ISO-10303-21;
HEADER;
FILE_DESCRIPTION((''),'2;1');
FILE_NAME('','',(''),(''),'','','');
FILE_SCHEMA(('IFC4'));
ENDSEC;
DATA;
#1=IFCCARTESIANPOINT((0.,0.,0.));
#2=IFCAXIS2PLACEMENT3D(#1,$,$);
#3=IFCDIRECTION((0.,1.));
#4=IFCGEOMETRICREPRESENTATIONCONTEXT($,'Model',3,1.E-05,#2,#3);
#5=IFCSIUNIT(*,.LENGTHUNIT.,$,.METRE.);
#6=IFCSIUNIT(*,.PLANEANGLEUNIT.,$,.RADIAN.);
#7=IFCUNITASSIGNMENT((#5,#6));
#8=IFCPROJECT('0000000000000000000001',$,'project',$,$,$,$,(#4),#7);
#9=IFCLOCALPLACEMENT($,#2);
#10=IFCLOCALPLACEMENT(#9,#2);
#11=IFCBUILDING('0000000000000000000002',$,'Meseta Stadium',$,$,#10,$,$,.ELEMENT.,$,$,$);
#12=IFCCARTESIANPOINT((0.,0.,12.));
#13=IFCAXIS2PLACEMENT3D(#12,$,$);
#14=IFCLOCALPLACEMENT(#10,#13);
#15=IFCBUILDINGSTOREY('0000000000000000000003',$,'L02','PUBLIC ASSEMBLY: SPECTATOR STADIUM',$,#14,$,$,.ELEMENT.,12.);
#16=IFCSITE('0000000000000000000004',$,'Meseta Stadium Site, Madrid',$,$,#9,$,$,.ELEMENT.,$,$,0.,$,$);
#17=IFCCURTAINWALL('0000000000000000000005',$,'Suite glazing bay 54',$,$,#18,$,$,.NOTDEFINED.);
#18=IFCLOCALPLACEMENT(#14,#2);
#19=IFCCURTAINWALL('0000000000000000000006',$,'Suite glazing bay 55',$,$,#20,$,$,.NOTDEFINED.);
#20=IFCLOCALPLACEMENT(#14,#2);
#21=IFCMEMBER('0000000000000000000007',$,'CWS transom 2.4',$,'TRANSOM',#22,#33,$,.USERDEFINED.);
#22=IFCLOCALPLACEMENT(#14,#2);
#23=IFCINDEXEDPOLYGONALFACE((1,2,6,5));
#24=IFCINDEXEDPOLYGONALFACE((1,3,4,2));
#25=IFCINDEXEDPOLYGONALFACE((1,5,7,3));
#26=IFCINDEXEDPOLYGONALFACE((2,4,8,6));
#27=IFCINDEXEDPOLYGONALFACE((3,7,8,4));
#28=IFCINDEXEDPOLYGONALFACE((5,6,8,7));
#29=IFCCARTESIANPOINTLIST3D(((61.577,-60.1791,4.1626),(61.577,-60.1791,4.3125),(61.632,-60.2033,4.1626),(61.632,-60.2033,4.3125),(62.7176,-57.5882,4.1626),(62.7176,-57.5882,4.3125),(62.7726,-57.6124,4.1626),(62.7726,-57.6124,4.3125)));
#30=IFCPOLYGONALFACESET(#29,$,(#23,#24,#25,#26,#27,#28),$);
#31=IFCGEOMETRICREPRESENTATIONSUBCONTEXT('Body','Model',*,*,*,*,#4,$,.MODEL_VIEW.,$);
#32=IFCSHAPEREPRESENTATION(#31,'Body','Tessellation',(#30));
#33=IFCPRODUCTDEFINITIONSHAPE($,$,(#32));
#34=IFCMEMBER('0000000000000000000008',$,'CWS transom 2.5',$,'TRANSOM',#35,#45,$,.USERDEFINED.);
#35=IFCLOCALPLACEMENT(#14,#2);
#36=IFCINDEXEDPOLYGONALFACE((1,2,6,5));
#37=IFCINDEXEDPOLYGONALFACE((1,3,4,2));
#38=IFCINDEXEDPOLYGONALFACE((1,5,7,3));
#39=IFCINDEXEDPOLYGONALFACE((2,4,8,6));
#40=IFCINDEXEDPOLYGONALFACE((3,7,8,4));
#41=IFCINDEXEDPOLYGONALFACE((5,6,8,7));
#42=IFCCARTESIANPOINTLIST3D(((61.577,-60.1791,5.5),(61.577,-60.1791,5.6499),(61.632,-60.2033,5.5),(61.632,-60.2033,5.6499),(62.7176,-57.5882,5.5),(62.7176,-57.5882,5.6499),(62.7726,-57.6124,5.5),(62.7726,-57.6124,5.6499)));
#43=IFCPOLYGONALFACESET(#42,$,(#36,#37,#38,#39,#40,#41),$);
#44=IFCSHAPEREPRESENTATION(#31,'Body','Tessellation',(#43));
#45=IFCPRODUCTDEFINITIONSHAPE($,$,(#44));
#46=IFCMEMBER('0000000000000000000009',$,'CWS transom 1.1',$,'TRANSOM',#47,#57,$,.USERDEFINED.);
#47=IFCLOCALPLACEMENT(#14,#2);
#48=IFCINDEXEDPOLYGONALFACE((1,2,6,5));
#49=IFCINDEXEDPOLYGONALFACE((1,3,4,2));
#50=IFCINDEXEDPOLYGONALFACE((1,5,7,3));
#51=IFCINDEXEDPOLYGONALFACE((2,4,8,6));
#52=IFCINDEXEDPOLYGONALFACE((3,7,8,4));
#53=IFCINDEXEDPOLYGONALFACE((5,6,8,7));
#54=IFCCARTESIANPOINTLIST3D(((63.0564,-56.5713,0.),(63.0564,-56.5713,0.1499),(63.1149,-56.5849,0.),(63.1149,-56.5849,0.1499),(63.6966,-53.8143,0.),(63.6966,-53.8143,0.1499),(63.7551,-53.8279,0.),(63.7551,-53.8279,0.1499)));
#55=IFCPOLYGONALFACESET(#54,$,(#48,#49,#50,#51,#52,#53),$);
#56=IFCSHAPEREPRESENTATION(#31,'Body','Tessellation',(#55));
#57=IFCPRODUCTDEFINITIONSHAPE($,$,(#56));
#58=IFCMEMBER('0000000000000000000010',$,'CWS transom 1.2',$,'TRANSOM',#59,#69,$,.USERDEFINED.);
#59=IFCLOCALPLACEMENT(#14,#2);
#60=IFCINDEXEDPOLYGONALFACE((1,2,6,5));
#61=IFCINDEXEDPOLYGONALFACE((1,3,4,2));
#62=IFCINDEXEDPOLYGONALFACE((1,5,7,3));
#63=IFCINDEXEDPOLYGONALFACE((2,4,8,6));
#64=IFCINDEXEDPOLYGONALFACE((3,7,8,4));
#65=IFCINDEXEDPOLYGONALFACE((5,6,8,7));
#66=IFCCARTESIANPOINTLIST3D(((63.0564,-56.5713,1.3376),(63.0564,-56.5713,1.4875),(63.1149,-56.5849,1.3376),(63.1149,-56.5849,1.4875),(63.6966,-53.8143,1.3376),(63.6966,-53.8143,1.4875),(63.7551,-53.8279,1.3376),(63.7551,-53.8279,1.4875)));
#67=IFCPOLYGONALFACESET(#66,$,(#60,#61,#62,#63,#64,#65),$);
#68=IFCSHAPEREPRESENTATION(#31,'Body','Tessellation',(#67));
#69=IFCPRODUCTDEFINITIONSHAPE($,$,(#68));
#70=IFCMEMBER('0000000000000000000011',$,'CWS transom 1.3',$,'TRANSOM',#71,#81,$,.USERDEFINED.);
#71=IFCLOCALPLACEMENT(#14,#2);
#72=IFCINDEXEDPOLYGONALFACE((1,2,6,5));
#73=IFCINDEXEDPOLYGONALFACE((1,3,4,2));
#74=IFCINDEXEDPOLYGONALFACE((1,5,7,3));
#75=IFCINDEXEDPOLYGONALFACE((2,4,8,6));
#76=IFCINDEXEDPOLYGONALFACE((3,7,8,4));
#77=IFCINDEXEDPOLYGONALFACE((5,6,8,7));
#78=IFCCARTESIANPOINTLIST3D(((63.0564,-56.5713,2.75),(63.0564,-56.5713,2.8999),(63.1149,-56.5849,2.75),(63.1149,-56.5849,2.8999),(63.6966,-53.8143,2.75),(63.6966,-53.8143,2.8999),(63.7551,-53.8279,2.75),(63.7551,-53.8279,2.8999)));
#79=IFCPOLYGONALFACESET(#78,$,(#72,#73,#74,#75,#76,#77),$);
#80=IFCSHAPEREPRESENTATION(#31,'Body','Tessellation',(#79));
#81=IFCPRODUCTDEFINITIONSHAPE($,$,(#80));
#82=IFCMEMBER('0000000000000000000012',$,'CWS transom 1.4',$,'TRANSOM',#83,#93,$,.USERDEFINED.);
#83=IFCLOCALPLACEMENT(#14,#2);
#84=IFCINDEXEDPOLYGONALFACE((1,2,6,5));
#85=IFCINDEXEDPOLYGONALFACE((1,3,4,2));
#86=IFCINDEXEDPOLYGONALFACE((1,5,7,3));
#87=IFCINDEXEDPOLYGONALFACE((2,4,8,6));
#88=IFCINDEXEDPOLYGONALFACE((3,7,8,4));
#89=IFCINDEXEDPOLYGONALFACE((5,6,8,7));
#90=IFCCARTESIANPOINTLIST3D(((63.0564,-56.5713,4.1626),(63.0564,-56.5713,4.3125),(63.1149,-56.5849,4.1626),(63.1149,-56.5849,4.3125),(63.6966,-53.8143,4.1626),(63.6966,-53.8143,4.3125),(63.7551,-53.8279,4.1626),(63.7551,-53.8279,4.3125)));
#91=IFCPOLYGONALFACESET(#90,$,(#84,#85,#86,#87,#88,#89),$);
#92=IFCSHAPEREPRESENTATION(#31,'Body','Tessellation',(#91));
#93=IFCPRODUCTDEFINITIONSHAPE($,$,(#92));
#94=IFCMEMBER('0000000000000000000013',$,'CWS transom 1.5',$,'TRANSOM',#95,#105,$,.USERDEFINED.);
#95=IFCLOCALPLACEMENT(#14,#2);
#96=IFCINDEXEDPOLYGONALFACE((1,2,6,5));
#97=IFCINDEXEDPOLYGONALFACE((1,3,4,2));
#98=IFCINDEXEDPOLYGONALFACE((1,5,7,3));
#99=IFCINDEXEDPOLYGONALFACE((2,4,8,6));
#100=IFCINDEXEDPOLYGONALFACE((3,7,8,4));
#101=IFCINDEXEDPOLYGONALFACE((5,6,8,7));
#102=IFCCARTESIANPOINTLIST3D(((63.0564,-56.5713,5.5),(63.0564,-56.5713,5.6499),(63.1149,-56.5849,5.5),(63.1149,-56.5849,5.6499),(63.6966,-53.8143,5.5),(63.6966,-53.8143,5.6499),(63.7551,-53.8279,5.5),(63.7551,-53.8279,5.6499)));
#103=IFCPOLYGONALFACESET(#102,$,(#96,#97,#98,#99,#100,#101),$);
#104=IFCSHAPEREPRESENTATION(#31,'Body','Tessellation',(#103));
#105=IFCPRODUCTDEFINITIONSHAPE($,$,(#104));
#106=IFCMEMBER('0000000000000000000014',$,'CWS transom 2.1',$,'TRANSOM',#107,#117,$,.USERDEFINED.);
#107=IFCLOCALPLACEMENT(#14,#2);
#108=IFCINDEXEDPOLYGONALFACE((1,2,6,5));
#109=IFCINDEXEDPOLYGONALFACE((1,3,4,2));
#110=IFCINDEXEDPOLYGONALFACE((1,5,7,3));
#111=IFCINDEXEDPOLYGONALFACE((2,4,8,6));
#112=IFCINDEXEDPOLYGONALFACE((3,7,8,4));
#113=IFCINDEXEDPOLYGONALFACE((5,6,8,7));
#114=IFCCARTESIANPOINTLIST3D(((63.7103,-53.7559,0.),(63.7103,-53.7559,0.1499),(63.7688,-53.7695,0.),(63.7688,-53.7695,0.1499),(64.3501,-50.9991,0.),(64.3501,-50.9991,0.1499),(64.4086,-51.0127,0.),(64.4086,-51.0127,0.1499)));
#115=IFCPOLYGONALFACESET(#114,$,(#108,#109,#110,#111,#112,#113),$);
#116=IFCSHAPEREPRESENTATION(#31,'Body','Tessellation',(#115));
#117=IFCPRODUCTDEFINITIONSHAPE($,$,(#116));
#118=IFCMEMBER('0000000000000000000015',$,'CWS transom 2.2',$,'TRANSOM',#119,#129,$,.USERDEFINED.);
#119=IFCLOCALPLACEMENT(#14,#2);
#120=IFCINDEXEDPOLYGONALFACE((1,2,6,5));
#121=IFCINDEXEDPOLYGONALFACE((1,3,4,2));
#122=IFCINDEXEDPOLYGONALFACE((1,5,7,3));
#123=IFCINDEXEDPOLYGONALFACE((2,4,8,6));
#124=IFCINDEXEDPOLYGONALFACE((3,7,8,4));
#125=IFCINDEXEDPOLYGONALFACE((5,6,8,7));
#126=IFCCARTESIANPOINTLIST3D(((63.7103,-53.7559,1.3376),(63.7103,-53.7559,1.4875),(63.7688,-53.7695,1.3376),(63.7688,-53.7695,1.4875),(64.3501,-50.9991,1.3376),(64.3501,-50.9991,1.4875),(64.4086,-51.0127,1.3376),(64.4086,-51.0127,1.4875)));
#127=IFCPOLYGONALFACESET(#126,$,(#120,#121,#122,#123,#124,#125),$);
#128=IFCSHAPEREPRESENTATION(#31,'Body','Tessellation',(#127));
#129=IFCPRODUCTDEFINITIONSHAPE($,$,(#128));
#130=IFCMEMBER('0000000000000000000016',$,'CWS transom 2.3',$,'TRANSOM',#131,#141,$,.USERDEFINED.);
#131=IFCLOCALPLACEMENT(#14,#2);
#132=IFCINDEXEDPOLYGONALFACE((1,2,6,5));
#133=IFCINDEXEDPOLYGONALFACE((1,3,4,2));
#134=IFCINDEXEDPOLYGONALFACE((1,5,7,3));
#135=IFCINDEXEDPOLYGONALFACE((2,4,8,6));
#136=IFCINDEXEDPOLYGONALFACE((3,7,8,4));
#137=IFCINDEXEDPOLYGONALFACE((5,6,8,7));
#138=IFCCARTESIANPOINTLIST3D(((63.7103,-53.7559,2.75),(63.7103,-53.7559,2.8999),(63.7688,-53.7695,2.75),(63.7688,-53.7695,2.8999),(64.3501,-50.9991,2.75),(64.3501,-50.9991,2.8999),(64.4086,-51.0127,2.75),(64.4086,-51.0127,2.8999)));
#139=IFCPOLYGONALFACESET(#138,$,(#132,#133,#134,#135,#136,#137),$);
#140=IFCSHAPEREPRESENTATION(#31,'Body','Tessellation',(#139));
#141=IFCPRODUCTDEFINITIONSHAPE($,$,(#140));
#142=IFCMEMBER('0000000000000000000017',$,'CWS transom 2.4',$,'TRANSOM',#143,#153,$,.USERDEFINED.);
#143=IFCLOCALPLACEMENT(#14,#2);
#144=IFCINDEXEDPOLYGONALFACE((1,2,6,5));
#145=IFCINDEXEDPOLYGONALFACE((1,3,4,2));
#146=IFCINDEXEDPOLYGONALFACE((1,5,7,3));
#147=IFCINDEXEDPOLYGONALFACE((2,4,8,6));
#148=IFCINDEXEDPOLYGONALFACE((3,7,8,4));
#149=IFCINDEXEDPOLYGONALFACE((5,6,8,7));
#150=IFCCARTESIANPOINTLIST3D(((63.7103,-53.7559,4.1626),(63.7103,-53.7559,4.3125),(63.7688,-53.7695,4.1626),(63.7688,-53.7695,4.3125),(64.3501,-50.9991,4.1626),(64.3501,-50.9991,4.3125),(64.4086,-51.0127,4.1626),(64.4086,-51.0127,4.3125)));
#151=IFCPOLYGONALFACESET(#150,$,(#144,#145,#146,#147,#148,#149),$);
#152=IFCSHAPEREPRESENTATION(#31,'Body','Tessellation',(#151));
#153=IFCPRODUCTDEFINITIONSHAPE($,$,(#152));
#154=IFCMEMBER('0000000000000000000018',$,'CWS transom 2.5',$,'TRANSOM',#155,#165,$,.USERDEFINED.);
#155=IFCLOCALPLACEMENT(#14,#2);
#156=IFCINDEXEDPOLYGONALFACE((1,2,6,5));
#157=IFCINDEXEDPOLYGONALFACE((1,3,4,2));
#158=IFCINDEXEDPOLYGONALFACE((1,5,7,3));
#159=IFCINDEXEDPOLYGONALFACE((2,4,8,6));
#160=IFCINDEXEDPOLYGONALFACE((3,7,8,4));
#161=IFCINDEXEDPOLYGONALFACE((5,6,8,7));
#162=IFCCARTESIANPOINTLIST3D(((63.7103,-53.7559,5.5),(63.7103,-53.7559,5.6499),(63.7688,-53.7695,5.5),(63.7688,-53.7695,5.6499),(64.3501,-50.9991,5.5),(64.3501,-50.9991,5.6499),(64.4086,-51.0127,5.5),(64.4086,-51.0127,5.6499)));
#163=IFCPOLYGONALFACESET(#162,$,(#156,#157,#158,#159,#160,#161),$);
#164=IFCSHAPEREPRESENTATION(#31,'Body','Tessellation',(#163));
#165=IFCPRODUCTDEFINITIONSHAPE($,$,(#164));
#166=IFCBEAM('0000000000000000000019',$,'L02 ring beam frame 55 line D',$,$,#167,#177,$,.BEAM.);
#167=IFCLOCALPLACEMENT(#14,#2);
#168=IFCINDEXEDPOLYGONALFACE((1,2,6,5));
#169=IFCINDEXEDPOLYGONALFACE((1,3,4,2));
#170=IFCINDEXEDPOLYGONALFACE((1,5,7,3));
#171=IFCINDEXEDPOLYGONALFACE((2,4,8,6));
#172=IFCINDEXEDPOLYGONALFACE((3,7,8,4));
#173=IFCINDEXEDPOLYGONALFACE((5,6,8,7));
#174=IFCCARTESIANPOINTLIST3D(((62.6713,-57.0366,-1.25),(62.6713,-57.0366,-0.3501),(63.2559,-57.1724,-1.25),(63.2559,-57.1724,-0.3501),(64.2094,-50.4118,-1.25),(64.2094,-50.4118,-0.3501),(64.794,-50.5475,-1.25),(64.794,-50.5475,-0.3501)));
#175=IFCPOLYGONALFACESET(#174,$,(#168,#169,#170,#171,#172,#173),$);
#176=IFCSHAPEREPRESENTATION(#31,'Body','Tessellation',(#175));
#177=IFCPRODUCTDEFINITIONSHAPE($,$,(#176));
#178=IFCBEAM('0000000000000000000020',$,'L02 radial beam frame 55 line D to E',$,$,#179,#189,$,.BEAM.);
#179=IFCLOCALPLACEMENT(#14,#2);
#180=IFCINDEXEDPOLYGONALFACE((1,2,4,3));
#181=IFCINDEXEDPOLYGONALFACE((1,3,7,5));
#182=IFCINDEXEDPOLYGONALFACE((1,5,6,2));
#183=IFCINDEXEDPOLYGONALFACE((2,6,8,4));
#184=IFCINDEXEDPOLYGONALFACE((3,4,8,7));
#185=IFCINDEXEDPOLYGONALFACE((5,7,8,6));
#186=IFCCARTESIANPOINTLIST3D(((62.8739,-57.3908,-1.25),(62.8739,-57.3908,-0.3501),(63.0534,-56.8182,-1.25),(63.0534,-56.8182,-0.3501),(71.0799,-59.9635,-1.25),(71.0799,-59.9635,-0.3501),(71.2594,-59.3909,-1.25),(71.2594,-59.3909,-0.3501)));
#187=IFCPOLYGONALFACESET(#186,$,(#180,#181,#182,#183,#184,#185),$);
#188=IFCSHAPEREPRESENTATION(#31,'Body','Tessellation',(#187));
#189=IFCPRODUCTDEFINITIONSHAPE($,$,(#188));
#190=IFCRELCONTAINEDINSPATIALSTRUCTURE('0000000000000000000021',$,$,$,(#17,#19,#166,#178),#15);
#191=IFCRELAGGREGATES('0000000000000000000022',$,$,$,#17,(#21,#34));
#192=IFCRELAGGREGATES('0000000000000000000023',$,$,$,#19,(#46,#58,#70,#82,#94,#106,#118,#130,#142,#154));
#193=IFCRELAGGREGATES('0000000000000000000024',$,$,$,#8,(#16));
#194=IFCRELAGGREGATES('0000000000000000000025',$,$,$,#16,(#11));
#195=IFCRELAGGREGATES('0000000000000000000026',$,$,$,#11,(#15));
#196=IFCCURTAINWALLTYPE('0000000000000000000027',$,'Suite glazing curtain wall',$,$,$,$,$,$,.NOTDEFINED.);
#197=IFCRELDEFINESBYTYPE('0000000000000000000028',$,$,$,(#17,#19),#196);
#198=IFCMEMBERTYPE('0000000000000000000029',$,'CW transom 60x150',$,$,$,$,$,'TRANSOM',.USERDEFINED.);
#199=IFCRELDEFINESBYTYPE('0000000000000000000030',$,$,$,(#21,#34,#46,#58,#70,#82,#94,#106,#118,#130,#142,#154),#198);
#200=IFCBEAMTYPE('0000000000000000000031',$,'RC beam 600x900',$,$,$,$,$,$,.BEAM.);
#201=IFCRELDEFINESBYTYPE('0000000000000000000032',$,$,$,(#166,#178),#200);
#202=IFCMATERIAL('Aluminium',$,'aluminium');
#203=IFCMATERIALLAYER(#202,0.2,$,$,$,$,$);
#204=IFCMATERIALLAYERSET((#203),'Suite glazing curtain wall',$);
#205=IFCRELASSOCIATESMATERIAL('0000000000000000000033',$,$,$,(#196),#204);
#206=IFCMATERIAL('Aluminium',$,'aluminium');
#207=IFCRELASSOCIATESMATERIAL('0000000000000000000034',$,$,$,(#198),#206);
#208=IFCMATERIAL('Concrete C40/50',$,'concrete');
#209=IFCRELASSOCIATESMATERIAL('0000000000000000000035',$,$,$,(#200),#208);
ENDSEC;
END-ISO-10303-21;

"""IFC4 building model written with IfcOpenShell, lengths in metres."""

from ifc_helpers import new_model, si_unit, direction, frame, origin, origin_2d, place, context, subcontext, project, spatial, rectangle, extrude, material, layer, layer_set, material_profile, profile_set, type_object, element, aggregate, save


model = new_model("IFC4")

# Units and contexts
model_context = context("Model", 3, precision=1e-05, world=origin(), true_north=direction((0.0, 1.0)))
body_context = subcontext(model_context, "Body", "Model", "MODEL_VIEW")
ifc_project = project(units=[si_unit("LENGTHUNIT", "METRE"), si_unit("PLANEANGLEUNIT", "RADIAN")], contexts=[model_context])

# Site, building, storey
site_placement = place(None, origin())
site = spatial("IfcSite", under=ifc_project, at=site_placement, Name="Meseta Stadium Site, Madrid", CompositionType="ELEMENT", RefElevation=0.0)
building_placement = place(site_placement, origin())
building = spatial("IfcBuilding", under=site, at=building_placement, Name="Meseta Stadium", CompositionType="ELEMENT")
storey_placement = place(building_placement, frame((0.0, 0.0, 12.0)))
storey = spatial("IfcBuildingStorey", under=building, at=storey_placement, Name="L02", Description="PUBLIC ASSEMBLY: SPECTATOR STADIUM", CompositionType="ELEMENT", Elevation=12.0)

# Curtain walls
ifc_material_1 = material(Name="Aluminium", Category="aluminium")
ifc_layer_1 = layer(ifc_material_1, 0.2)
ifc_layer_set_1 = layer_set([ifc_layer_1], Name="Suite glazing curtain wall")
curtain_wall_type = type_object("IfcCurtainWallType", Name="Suite glazing curtain wall", PredefinedType="NOTDEFINED", material=ifc_layer_set_1)
curtain_wall_1_placement = place(storey_placement, origin())
curtain_wall_1 = element("IfcCurtainWall", 1, at=curtain_wall_1_placement, inside=storey, type_object=curtain_wall_type, Name="Suite glazing bay 54", PredefinedType="NOTDEFINED")
curtain_wall_2_placement = place(storey_placement, origin())
curtain_wall_2 = element("IfcCurtainWall", 2, at=curtain_wall_2_placement, inside=storey, type_object=curtain_wall_type, Name="Suite glazing bay 55", PredefinedType="NOTDEFINED")

# Members
ifc_material_2 = material(Name="Aluminium", Category="aluminium")
ifc_material_profile_1 = material_profile(ifc_material_2, rectangle(XDim=0.0601, YDim=0.1499, at=origin_2d()), Name="CW 60x150")
ifc_profile_set_1 = profile_set([ifc_material_profile_1], Name="Aluminium")
member_type_1 = type_object("IfcMemberType", Name="CW transom 60x150", ElementType="TRANSOM", PredefinedType="USERDEFINED", material=ifc_profile_set_1)
member_1_placement = place(storey_placement, frame((61.6045, -60.1912, 4.2375), z_axis=(0.402935, 0.915229, 0.0), x_axis=(-0.915229, 0.402935, 0.0)))
member_1 = element("IfcMember", 3, at=member_1_placement, type_object=member_type_1, Name="CWS transom 2.4", ObjectType="TRANSOM", PredefinedType="USERDEFINED", context=body_context, shape_type="SweptSolid", body=[
    extrude(rectangle(XDim=0.0601, YDim=0.1499, at=origin_2d()), origin(), (0.0, 0.0, 1.0), 2.8308),
])
member_2_placement = place(storey_placement, frame((61.6045, -60.1912, 5.575), z_axis=(0.402935, 0.915229, 0.0), x_axis=(-0.915229, 0.402935, 0.0)))
member_2 = element("IfcMember", 4, at=member_2_placement, type_object=member_type_1, Name="CWS transom 2.5", ObjectType="TRANSOM", PredefinedType="USERDEFINED", context=body_context, shape_type="SweptSolid", body=[
    extrude(rectangle(XDim=0.0601, YDim=0.1499, at=origin_2d()), origin(), (0.0, 0.0, 1.0), 2.8308),
])
member_3_placement = place(storey_placement, frame((63.0857, -56.5781, 0.075), z_axis=(0.226163, 0.974089, 0.0), x_axis=(-0.974089, 0.226163, 0.0)))
member_3 = element("IfcMember", 5, at=member_3_placement, type_object=member_type_1, Name="CWS transom 1.1", ObjectType="TRANSOM", PredefinedType="USERDEFINED", context=body_context, shape_type="SweptSolid", body=[
    extrude(rectangle(XDim=0.0601, YDim=0.1499, at=origin_2d()), origin(), (0.0, 0.0, 1.0), 2.8303),
])
member_4_placement = place(storey_placement, frame((63.0857, -56.5781, 1.4126), z_axis=(0.226163, 0.974089, 0.0), x_axis=(-0.974089, 0.226163, 0.0)))
member_4 = element("IfcMember", 6, at=member_4_placement, type_object=member_type_1, Name="CWS transom 1.2", ObjectType="TRANSOM", PredefinedType="USERDEFINED", context=body_context, shape_type="SweptSolid", body=[
    extrude(rectangle(XDim=0.0601, YDim=0.1499, at=origin_2d()), origin(), (0.0, 0.0, 1.0), 2.8303),
])
member_5_placement = place(storey_placement, frame((63.0857, -56.5781, 2.825), z_axis=(0.226163, 0.974089, 0.0), x_axis=(-0.974089, 0.226163, 0.0)))
member_5 = element("IfcMember", 7, at=member_5_placement, type_object=member_type_1, Name="CWS transom 1.3", ObjectType="TRANSOM", PredefinedType="USERDEFINED", context=body_context, shape_type="SweptSolid", body=[
    extrude(rectangle(XDim=0.0601, YDim=0.1499, at=origin_2d()), origin(), (0.0, 0.0, 1.0), 2.8303),
])
member_6_placement = place(storey_placement, frame((63.0857, -56.5781, 4.2375), z_axis=(0.226163, 0.974089, 0.0), x_axis=(-0.974089, 0.226163, 0.0)))
member_6 = element("IfcMember", 8, at=member_6_placement, type_object=member_type_1, Name="CWS transom 1.4", ObjectType="TRANSOM", PredefinedType="USERDEFINED", context=body_context, shape_type="SweptSolid", body=[
    extrude(rectangle(XDim=0.0601, YDim=0.1499, at=origin_2d()), origin(), (0.0, 0.0, 1.0), 2.8303),
])
member_7_placement = place(storey_placement, frame((63.0857, -56.5781, 5.575), z_axis=(0.226163, 0.974089, 0.0), x_axis=(-0.974089, 0.226163, 0.0)))
member_7 = element("IfcMember", 9, at=member_7_placement, type_object=member_type_1, Name="CWS transom 1.5", ObjectType="TRANSOM", PredefinedType="USERDEFINED", context=body_context, shape_type="SweptSolid", body=[
    extrude(rectangle(XDim=0.0601, YDim=0.1499, at=origin_2d()), origin(), (0.0, 0.0, 1.0), 2.8303),
])
member_8_placement = place(storey_placement, frame((63.7395, -53.7627, 0.075), z_axis=(0.2261, 0.974104, 0.0), x_axis=(-0.974104, 0.2261, 0.0)))
member_8 = element("IfcMember", 10, at=member_8_placement, type_object=member_type_1, Name="CWS transom 2.1", ObjectType="TRANSOM", PredefinedType="USERDEFINED", context=body_context, shape_type="SweptSolid", body=[
    extrude(rectangle(XDim=0.0601, YDim=0.1499, at=origin_2d()), origin(), (0.0, 0.0, 1.0), 2.8301),
])
member_9_placement = place(storey_placement, frame((63.7395, -53.7627, 1.4126), z_axis=(0.2261, 0.974104, 0.0), x_axis=(-0.974104, 0.2261, 0.0)))
member_9 = element("IfcMember", 11, at=member_9_placement, type_object=member_type_1, Name="CWS transom 2.2", ObjectType="TRANSOM", PredefinedType="USERDEFINED", context=body_context, shape_type="SweptSolid", body=[
    extrude(rectangle(XDim=0.0601, YDim=0.1499, at=origin_2d()), origin(), (0.0, 0.0, 1.0), 2.8301),
])
member_10_placement = place(storey_placement, frame((63.7395, -53.7627, 2.825), z_axis=(0.2261, 0.974104, 0.0), x_axis=(-0.974104, 0.2261, 0.0)))
member_10 = element("IfcMember", 12, at=member_10_placement, type_object=member_type_1, Name="CWS transom 2.3", ObjectType="TRANSOM", PredefinedType="USERDEFINED", context=body_context, shape_type="SweptSolid", body=[
    extrude(rectangle(XDim=0.0601, YDim=0.1499, at=origin_2d()), origin(), (0.0, 0.0, 1.0), 2.8301),
])
member_11_placement = place(storey_placement, frame((63.7395, -53.7627, 4.2375), z_axis=(0.2261, 0.974104, 0.0), x_axis=(-0.974104, 0.2261, 0.0)))
member_11 = element("IfcMember", 13, at=member_11_placement, type_object=member_type_1, Name="CWS transom 2.4", ObjectType="TRANSOM", PredefinedType="USERDEFINED", context=body_context, shape_type="SweptSolid", body=[
    extrude(rectangle(XDim=0.0601, YDim=0.1499, at=origin_2d()), origin(), (0.0, 0.0, 1.0), 2.8301),
])
member_12_placement = place(storey_placement, frame((63.7395, -53.7627, 5.575), z_axis=(0.2261, 0.974104, 0.0), x_axis=(-0.974104, 0.2261, 0.0)))
member_12 = element("IfcMember", 14, at=member_12_placement, type_object=member_type_1, Name="CWS transom 2.5", ObjectType="TRANSOM", PredefinedType="USERDEFINED", context=body_context, shape_type="SweptSolid", body=[
    extrude(rectangle(XDim=0.0601, YDim=0.1499, at=origin_2d()), origin(), (0.0, 0.0, 1.0), 2.8301),
])

# Beams
ifc_material_3 = material(Name="Concrete C40/50", Category="concrete")
ifc_material_profile_2 = material_profile(ifc_material_3, rectangle(XDim=0.6001, YDim=0.8999, at=origin_2d()), Name="RC 600x900")
ifc_profile_set_2 = profile_set([ifc_material_profile_2], Name="Concrete C40/50")
beam_type = type_object("IfcBeamType", Name="RC beam 600x900", PredefinedType="BEAM", material=ifc_profile_set_2)
beam_1_placement = place(storey_placement, frame((62.9636, -57.1045, -0.8), z_axis=(0.226157, 0.974091, 0.0), x_axis=(-0.974091, 0.226157, 0.0)))
element("IfcBeam", 15, at=beam_1_placement, inside=storey, type_object=beam_type, Name="L02 ring beam frame 55 line D", PredefinedType="BEAM", context=body_context, shape_type="SweptSolid", body=[
    extrude(rectangle(XDim=0.6001, YDim=0.8999, at=origin_2d()), origin(), (0.0, 0.0, 1.0), 6.801),
])
beam_2_placement = place(storey_placement, frame((62.9636, -57.1045, -0.8), z_axis=(0.954203, -0.299161, 0.0), x_axis=(0.299161, 0.954203, 0.0)))
element("IfcBeam", 16, at=beam_2_placement, inside=storey, type_object=beam_type, Name="L02 radial beam frame 55 line D to E", PredefinedType="BEAM", context=body_context, shape_type="SweptSolid", body=[
    extrude(rectangle(XDim=0.6001, YDim=0.8999, at=origin_2d()), origin(), (0.0, 0.0, 1.0), 8.5999),
])

aggregate(curtain_wall_1, [member_1, member_2])
aggregate(curtain_wall_2, [member_3, member_4, member_5, member_6, member_7, member_8, member_9, member_10, member_11, member_12])

save(model, "model.ifc")
